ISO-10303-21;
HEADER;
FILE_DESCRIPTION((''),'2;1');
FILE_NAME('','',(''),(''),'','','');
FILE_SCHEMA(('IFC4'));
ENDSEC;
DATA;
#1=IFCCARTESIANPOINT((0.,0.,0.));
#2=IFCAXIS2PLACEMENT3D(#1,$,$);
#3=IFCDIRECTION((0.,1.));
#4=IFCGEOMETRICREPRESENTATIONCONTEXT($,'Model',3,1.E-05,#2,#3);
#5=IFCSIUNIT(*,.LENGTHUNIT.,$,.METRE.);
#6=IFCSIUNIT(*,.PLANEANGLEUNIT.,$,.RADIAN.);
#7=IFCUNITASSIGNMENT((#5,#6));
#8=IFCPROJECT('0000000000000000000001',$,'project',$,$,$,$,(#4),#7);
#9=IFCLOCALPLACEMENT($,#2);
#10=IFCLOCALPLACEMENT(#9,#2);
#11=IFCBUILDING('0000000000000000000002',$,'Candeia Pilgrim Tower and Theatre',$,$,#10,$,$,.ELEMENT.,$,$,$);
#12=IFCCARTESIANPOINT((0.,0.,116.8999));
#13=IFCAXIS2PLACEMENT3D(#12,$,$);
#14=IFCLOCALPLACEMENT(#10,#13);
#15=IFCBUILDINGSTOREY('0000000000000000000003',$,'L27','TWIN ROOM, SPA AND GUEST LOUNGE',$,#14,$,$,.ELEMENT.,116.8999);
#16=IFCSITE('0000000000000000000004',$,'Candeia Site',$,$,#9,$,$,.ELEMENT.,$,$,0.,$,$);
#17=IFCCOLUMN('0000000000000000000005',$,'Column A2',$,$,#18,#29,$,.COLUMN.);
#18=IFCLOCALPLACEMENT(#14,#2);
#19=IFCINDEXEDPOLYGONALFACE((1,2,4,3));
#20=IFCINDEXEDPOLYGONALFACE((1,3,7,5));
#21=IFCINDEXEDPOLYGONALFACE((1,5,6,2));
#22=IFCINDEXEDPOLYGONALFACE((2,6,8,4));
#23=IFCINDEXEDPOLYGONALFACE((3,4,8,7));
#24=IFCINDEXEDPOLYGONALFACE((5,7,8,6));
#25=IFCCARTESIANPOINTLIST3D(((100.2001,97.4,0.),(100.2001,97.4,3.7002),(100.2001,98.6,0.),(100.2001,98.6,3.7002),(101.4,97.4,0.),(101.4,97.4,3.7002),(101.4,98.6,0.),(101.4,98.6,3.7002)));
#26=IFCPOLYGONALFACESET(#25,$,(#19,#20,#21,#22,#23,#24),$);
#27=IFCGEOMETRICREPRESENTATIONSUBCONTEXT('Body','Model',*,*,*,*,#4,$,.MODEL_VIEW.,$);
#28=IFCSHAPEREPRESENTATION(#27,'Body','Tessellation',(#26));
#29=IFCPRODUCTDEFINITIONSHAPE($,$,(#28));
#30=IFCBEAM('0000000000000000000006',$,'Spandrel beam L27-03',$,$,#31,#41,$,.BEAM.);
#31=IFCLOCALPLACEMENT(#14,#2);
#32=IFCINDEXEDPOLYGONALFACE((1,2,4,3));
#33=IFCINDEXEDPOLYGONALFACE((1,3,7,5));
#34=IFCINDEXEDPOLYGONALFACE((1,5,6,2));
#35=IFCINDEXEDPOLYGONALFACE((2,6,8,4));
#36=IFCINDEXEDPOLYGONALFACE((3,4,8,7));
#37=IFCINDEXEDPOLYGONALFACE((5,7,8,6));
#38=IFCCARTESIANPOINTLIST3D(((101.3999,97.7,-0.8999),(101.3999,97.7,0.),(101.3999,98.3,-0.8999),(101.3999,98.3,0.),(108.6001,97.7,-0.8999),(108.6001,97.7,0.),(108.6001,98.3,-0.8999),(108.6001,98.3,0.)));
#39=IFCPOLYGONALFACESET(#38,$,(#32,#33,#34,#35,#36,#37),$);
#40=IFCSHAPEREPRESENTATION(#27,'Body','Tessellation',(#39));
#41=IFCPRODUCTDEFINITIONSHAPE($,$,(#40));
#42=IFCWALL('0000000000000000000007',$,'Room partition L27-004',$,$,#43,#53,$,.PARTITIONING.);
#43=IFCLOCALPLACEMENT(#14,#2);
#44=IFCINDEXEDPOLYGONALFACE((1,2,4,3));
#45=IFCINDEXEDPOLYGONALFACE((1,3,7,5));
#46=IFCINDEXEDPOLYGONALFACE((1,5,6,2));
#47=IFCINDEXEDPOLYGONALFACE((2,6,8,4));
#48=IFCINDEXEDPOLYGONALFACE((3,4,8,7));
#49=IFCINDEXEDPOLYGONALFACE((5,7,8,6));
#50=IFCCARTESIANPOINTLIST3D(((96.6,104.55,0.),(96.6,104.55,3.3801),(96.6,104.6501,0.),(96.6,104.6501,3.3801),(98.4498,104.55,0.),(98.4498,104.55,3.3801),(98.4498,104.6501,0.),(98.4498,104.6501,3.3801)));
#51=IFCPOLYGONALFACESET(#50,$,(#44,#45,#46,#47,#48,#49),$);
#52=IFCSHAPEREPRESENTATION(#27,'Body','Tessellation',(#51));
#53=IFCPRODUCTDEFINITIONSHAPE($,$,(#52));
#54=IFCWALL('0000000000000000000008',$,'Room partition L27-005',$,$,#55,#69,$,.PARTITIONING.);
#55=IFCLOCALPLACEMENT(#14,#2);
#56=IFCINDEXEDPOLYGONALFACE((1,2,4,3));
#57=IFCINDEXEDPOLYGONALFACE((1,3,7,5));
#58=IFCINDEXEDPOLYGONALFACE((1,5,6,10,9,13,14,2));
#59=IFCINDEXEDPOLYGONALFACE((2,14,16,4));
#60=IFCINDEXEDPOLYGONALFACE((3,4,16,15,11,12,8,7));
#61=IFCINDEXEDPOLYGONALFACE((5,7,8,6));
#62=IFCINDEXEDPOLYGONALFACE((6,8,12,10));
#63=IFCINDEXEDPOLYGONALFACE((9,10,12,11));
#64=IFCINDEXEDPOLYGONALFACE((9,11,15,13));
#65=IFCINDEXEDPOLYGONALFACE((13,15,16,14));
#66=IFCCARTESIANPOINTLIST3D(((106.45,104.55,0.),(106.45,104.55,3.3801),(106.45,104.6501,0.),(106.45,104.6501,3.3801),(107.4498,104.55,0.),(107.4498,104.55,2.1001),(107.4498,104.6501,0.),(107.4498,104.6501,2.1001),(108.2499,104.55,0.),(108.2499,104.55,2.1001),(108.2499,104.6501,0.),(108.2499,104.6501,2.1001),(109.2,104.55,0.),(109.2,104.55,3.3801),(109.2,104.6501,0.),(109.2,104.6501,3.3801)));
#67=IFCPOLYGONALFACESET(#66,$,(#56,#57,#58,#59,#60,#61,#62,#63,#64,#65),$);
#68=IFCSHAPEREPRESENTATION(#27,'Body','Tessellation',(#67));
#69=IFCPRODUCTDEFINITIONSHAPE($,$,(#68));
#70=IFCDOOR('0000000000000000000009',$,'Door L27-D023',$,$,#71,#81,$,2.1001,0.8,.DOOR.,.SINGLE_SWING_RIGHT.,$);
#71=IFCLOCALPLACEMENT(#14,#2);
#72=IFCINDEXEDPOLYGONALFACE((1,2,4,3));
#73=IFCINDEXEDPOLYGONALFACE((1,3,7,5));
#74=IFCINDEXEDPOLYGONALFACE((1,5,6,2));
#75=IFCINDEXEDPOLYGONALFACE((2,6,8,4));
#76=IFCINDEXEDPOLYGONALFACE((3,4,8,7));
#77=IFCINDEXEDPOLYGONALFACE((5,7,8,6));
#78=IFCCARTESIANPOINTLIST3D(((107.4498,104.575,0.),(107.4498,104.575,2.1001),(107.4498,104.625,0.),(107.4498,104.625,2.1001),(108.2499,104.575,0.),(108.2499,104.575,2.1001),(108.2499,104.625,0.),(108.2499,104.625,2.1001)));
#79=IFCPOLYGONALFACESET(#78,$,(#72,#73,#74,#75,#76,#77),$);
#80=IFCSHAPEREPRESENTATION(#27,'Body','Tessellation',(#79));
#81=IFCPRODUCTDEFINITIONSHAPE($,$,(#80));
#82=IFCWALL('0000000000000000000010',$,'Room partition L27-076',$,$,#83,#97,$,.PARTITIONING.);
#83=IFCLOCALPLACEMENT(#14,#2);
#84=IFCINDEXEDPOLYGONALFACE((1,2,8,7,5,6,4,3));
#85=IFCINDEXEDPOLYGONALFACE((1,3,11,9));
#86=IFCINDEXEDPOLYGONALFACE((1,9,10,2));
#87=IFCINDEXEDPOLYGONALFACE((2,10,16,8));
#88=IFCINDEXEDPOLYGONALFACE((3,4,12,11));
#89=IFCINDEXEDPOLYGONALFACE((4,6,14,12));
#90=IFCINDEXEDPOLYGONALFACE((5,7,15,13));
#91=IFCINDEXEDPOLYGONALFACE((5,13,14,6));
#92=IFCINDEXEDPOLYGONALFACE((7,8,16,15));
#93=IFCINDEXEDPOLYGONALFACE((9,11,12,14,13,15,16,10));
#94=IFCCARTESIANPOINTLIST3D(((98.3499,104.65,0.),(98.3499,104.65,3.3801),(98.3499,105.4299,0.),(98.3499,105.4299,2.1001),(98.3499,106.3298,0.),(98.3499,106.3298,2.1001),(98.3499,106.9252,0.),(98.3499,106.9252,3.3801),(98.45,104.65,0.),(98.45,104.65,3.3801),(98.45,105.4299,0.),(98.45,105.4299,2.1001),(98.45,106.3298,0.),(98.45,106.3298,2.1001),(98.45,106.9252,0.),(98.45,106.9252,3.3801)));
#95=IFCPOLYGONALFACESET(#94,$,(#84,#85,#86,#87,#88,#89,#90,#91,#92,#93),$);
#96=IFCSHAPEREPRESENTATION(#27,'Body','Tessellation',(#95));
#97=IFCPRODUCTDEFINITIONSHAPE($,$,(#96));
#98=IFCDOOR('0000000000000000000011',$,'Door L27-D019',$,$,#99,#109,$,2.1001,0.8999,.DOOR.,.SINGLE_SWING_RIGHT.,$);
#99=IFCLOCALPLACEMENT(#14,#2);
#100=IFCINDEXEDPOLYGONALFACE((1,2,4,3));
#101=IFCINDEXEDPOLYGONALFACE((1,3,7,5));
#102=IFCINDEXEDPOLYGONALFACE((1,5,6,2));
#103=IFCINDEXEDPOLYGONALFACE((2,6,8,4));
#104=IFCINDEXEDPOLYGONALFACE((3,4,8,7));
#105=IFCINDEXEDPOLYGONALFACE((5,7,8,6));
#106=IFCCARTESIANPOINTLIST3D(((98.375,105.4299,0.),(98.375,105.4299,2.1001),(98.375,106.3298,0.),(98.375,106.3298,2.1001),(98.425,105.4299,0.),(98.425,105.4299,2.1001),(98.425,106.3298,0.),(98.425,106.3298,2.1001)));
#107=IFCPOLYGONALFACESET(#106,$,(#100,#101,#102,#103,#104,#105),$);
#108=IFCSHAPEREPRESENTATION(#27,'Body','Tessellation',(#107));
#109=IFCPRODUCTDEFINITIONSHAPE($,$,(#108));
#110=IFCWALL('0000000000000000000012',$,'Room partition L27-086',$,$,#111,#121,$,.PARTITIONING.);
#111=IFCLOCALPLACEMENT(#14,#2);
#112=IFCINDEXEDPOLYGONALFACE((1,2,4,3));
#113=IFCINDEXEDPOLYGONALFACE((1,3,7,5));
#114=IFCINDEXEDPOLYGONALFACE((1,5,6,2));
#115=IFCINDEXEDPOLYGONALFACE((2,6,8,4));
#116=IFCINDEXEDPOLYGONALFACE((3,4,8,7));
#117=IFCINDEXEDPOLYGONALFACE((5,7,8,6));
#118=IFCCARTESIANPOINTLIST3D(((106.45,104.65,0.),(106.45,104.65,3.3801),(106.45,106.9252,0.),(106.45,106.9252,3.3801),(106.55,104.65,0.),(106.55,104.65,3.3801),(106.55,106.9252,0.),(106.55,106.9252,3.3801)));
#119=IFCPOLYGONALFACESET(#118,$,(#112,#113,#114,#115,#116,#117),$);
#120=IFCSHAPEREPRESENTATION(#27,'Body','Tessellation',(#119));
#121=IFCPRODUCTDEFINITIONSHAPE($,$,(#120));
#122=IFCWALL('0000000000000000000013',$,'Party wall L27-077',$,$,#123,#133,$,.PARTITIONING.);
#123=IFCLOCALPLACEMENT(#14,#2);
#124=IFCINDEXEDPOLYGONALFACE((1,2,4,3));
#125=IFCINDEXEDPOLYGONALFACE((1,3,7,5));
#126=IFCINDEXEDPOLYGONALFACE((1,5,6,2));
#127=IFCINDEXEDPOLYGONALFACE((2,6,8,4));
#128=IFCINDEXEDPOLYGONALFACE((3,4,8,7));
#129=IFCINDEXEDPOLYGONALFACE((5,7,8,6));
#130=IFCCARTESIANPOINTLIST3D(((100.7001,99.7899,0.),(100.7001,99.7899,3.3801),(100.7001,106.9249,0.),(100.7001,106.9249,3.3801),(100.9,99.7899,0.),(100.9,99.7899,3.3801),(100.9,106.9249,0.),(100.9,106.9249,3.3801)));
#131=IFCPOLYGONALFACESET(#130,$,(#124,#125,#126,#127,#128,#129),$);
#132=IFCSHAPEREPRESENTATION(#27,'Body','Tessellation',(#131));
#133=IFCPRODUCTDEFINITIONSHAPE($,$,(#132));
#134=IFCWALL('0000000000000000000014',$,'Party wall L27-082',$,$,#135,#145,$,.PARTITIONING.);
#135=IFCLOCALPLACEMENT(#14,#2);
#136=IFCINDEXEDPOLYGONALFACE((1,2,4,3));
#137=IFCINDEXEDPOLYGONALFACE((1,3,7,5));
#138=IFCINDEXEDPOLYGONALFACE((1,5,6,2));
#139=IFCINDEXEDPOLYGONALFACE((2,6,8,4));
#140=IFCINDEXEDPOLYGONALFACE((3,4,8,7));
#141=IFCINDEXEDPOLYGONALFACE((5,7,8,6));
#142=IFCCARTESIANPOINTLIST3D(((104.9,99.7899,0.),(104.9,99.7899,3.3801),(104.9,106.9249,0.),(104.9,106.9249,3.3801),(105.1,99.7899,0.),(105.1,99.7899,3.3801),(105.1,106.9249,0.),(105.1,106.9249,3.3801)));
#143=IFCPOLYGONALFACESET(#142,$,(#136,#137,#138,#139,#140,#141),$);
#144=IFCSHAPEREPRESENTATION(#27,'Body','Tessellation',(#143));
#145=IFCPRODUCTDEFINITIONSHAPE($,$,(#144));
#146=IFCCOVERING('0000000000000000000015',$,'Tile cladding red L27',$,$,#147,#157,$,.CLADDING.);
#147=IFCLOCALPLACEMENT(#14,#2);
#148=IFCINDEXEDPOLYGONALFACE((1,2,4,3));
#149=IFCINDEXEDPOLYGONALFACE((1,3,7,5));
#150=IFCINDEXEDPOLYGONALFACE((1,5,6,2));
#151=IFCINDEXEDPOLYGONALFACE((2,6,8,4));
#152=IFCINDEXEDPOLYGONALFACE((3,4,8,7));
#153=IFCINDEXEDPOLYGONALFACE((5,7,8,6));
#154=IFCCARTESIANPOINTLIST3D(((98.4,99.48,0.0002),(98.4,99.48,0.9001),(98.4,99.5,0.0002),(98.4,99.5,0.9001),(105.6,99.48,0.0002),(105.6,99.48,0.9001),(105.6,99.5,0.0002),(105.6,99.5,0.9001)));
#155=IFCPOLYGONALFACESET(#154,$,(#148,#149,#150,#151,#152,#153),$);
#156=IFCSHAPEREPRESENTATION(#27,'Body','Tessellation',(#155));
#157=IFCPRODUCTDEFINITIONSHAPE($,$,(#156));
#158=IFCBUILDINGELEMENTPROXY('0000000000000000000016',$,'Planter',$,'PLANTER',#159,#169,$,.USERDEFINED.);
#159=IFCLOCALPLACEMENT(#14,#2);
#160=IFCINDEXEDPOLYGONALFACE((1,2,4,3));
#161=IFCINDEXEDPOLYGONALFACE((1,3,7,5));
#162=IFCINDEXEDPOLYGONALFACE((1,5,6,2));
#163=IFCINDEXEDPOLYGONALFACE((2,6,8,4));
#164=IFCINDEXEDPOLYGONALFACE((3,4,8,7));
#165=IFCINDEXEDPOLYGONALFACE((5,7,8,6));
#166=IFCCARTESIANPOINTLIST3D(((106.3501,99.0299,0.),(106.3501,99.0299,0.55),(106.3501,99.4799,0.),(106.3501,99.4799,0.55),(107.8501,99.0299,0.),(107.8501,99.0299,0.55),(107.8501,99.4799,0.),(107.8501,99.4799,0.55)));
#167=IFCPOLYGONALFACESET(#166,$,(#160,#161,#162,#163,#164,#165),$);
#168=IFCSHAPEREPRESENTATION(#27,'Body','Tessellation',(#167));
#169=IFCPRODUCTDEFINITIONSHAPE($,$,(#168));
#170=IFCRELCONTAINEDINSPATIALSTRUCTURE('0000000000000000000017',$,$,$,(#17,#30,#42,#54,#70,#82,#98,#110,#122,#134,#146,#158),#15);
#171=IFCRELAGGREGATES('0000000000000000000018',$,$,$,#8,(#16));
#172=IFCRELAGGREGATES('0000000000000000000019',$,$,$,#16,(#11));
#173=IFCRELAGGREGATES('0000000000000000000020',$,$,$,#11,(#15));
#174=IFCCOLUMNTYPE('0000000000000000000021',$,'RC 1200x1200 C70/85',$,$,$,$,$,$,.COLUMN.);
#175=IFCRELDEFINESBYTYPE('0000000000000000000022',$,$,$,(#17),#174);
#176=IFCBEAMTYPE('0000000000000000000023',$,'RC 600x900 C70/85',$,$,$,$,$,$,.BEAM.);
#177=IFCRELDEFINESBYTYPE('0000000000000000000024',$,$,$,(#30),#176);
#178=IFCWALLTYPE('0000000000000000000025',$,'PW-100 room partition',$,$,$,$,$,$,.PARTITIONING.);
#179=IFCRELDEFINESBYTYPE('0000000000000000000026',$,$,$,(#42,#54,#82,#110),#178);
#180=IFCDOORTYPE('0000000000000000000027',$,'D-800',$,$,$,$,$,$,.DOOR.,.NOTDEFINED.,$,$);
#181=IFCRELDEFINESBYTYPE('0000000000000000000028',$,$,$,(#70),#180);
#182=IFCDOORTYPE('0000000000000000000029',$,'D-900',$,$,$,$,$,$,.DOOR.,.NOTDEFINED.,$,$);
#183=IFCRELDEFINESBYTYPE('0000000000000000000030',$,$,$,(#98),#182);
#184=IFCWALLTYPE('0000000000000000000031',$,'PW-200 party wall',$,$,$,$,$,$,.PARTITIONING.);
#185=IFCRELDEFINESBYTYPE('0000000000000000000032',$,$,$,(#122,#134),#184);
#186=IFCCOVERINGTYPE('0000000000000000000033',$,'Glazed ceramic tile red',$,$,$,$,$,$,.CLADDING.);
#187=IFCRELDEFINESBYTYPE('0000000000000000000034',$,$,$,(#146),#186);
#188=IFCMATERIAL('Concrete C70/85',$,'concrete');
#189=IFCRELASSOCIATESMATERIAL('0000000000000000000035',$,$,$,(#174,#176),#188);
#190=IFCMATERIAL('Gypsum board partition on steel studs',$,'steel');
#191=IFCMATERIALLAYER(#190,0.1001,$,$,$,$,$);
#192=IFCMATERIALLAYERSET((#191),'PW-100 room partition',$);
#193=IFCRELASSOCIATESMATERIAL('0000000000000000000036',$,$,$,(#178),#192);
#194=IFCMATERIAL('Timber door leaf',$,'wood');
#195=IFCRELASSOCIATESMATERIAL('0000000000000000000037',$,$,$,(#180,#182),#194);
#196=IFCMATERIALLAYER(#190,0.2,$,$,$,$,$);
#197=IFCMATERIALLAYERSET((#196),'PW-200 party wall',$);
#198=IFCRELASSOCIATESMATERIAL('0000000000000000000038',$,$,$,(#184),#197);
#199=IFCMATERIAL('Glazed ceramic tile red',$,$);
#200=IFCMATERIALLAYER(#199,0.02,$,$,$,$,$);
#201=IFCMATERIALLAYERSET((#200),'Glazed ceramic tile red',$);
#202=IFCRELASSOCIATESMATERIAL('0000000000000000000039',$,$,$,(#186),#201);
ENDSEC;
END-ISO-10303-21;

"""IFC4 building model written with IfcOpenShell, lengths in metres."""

from ifc_helpers import new_model, si_unit, direction, frame, frame_2d, origin, origin_2d, place, context, subcontext, project, spatial, rectangle, extrude, material, layer, layer_set, material_profile, profile_set, type_object, element, fill, save


model = new_model("IFC4")

# Units and contexts
model_context = context("Model", 3, precision=1e-05, world=origin(), true_north=direction((0.0, 1.0)))
body_context = subcontext(model_context, "Body", "Model", "MODEL_VIEW")
ifc_project = project(units=[si_unit("LENGTHUNIT", "METRE"), si_unit("PLANEANGLEUNIT", "RADIAN")], contexts=[model_context])

# Site, building, storey
site_placement = place(None, origin())
site = spatial("IfcSite", under=ifc_project, at=site_placement, Name="Candeia Site", CompositionType="ELEMENT", RefElevation=0.0)
building_placement = place(site_placement, origin())
building = spatial("IfcBuilding", under=site, at=building_placement, Name="Candeia Pilgrim Tower and Theatre", CompositionType="ELEMENT")
storey_placement = place(building_placement, frame((0.0, 0.0, 116.8999)))
storey = spatial("IfcBuildingStorey", under=building, at=storey_placement, Name="L27", Description="TWIN ROOM, SPA AND GUEST LOUNGE", CompositionType="ELEMENT", Elevation=116.8999)

# Column
ifc_material_1 = material(Name="Concrete C70/85", Category="concrete")
ifc_material_profile_1 = material_profile(ifc_material_1, rectangle(XDim=1.2, YDim=1.2, at=origin_2d()))
ifc_profile_set_1 = profile_set([ifc_material_profile_1], Name="Concrete C70/85")
column_type = type_object("IfcColumnType", Name="RC 1200x1200 C70/85", PredefinedType="COLUMN", material=ifc_profile_set_1)
column_placement = place(storey_placement, frame((100.8, 98.0, 0.0), z_axis=(0.0, 0.0, 1.0), x_axis=(1.0, 0.0, 0.0)))
element("IfcColumn", 1, at=column_placement, inside=storey, type_object=column_type, Name="Column A2", PredefinedType="COLUMN", context=body_context, shape_type="SweptSolid", body=[
    extrude(rectangle(XDim=1.2, YDim=1.2, at=origin_2d()), origin(), (0.0, 0.0, 1.0), 3.7002),
])

# Beam
ifc_material_profile_2 = material_profile(ifc_material_1, rectangle(XDim=0.6001, YDim=0.8999, at=origin_2d()))
ifc_profile_set_2 = profile_set([ifc_material_profile_2], Name="Concrete C70/85")
beam_type = type_object("IfcBeamType", Name="RC 600x900 C70/85", PredefinedType="BEAM", material=ifc_profile_set_2)
beam_placement = place(storey_placement, frame((101.3999, 98.0, -0.45), z_axis=(1.0, 0.0, 0.0), x_axis=(0.0, 1.0, 0.0)))
element("IfcBeam", 2, at=beam_placement, inside=storey, type_object=beam_type, Name="Spandrel beam L27-03", PredefinedType="BEAM", context=body_context, shape_type="SweptSolid", body=[
    extrude(rectangle(XDim=0.6001, YDim=0.8999, at=origin_2d()), origin(), (0.0, 0.0, 1.0), 7.2002),
])

# Wall
ifc_material_2 = material(Name="Gypsum board partition on steel studs", Category="steel")
ifc_layer_1 = layer(ifc_material_2, 0.1001)
ifc_layer_set_1 = layer_set([ifc_layer_1], Name="PW-100 room partition")
wall_type_1 = type_object("IfcWallType", Name="PW-100 room partition", PredefinedType="PARTITIONING", material=ifc_layer_set_1)
wall_1_placement = place(storey_placement, frame((96.6001, 104.6001, 0.0), z_axis=(0.0, 0.0, 1.0), x_axis=(1.0, 0.0, 0.0)))
element("IfcWall", 3, at=wall_1_placement, inside=storey, type_object=wall_type_1, Name="Room partition L27-004", PredefinedType="PARTITIONING", context=body_context, shape_type="SweptSolid", body=[
    extrude(rectangle(XDim=1.8499, YDim=0.1001, at=frame_2d((0.9248, 0.0))), origin(), (0.0, 0.0, 1.0), 3.3801),
])

# Walls, openings, doors
wall_2_placement = place(storey_placement, frame((106.45, 104.6001, 0.0), z_axis=(0.0, 0.0, 1.0), x_axis=(1.0, 0.0, 0.0)))
wall_2 = element("IfcWall", 4, at=wall_2_placement, inside=storey, type_object=wall_type_1, Name="Room partition L27-005", PredefinedType="PARTITIONING", context=body_context, shape_type="SweptSolid", body=[
    extrude(rectangle(XDim=2.75, YDim=0.1001, at=frame_2d((1.375, 0.0))), origin(), (0.0, 0.0, 1.0), 3.3801),
])
opening_1_placement = place(wall_2_placement, frame((1.0, 0.0, 0.0)))
opening_1 = element("IfcOpeningElement", 5, at=opening_1_placement, cuts=wall_2, PredefinedType="OPENING", context=body_context, shape_type="SweptSolid", body=[
    extrude(rectangle(XDim=0.8, YDim=2.1001, at=frame_2d((0.3999, 1.05))), frame((0.0, 0.0601, 0.0), z_axis=(0.0, -1.0, 0.0), x_axis=(1.0, 0.0, 0.0)), (0.0, 0.0, 1.0), 0.1201),
])
ifc_material_3 = material(Name="Timber door leaf", Category="wood")
door_type_1 = type_object("IfcDoorType", Name="D-800", OperationType="NOTDEFINED", PredefinedType="DOOR", material=ifc_material_3)
door_1_placement = place(opening_1_placement, origin())
door_1 = element("IfcDoor", 6, at=door_1_placement, inside=storey, type_object=door_type_1, Name="Door L27-D023", OperationType="SINGLE_SWING_RIGHT", OverallHeight=2.1001, OverallWidth=0.8, PredefinedType="DOOR", context=body_context, shape_type="SweptSolid", body=[
    extrude(rectangle(XDim=0.8, YDim=2.1001, at=frame_2d((0.3999, 1.05))), frame((0.0, 0.0249, 0.0), z_axis=(0.0, -1.0, 0.0), x_axis=(1.0, 0.0, 0.0)), (0.0, 0.0, 1.0), 0.05),
])
fill(opening_1, door_1)
wall_3_placement = place(storey_placement, frame((98.3999, 104.6499, 0.0), z_axis=(0.0, 0.0, 1.0), x_axis=(0.0, 1.0, 0.0)))
wall_3 = element("IfcWall", 7, at=wall_3_placement, inside=storey, type_object=wall_type_1, Name="Room partition L27-076", PredefinedType="PARTITIONING", context=body_context, shape_type="SweptSolid", body=[
    extrude(rectangle(XDim=2.2751, YDim=0.1001, at=frame_2d((1.1377, 0.0))), origin(), (0.0, 0.0, 1.0), 3.3801),
])
opening_2_placement = place(wall_3_placement, frame((0.78, 0.0, 0.0)))
opening_2 = element("IfcOpeningElement", 8, at=opening_2_placement, cuts=wall_3, PredefinedType="OPENING", context=body_context, shape_type="SweptSolid", body=[
    extrude(rectangle(XDim=0.8999, YDim=2.1001, at=frame_2d((0.45, 1.05))), frame((0.0, 0.0601, 0.0), z_axis=(0.0, -1.0, 0.0), x_axis=(1.0, 0.0, 0.0)), (0.0, 0.0, 1.0), 0.1201),
])
door_type_2 = type_object("IfcDoorType", Name="D-900", OperationType="NOTDEFINED", PredefinedType="DOOR", material=ifc_material_3)
door_2_placement = place(opening_2_placement, origin())
door_2 = element("IfcDoor", 9, at=door_2_placement, inside=storey, type_object=door_type_2, Name="Door L27-D019", OperationType="SINGLE_SWING_RIGHT", OverallHeight=2.1001, OverallWidth=0.8999, PredefinedType="DOOR", context=body_context, shape_type="SweptSolid", body=[
    extrude(rectangle(XDim=0.8999, YDim=2.1001, at=frame_2d((0.45, 1.05))), frame((0.0, 0.0249, 0.0), z_axis=(0.0, -1.0, 0.0), x_axis=(1.0, 0.0, 0.0)), (0.0, 0.0, 1.0), 0.05),
])
fill(opening_2, door_2)

# Walls
wall_4_placement = place(storey_placement, frame((106.5, 104.6499, 0.0), z_axis=(0.0, 0.0, 1.0), x_axis=(0.0, 1.0, 0.0)))
element("IfcWall", 10, at=wall_4_placement, inside=storey, type_object=wall_type_1, Name="Room partition L27-086", PredefinedType="PARTITIONING", context=body_context, shape_type="SweptSolid", body=[
    extrude(rectangle(XDim=2.2751, YDim=0.1001, at=frame_2d((1.1377, 0.0))), origin(), (0.0, 0.0, 1.0), 3.3801),
])
ifc_layer_2 = layer(ifc_material_2, 0.2)
ifc_layer_set_2 = layer_set([ifc_layer_2], Name="PW-200 party wall")
wall_type_2 = type_object("IfcWallType", Name="PW-200 party wall", PredefinedType="PARTITIONING", material=ifc_layer_set_2)
for number, where, z_axis, x_axis, name in (
    (11, (100.8, 99.79, 0.0), (0.0, 0.0, 1.0), (0.0, 1.0, 0.0), "Party wall L27-077"),
    (12, (105.0, 99.79, 0.0), (0.0, 0.0, 1.0), (0.0, 1.0, 0.0), "Party wall L27-082"),
):
    element("IfcWall", number, at=place(storey_placement, frame(where, z_axis=z_axis, x_axis=x_axis)), inside=storey, type_object=wall_type_2, Name=name, PredefinedType="PARTITIONING", context=body_context, shape_type="SweptSolid", body=[
        extrude(rectangle(XDim=7.135, YDim=0.2, at=frame_2d((3.5674, 0.0))), origin(), (0.0, 0.0, 1.0), 3.3801),
    ])

# Covering
ifc_material_4 = material(Name="Glazed ceramic tile red")
ifc_layer_3 = layer(ifc_material_4, 0.02)
ifc_layer_set_3 = layer_set([ifc_layer_3], Name="Glazed ceramic tile red")
covering_type = type_object("IfcCoveringType", Name="Glazed ceramic tile red", PredefinedType="CLADDING", material=ifc_layer_set_3)
covering_placement = place(storey_placement, frame((102.0, 99.49, 0.0002), z_axis=(0.0, 0.0, 1.0), x_axis=(1.0, 0.0, 0.0)))
element("IfcCovering", 13, at=covering_placement, inside=storey, type_object=covering_type, Name="Tile cladding red L27", PredefinedType="CLADDING", context=body_context, shape_type="SweptSolid", body=[
    extrude(rectangle(XDim=7.2, YDim=0.02, at=origin_2d()), origin(), (0.0, 0.0, 1.0), 0.8999),
])

# Building element proxy
proxy_placement = place(storey_placement, frame((107.1001, 99.2549, 0.0), z_axis=(0.0, 0.0, 1.0), x_axis=(1.0, 0.0, 0.0)))
element("IfcBuildingElementProxy", 14, at=proxy_placement, inside=storey, Name="Planter", ObjectType="PLANTER", PredefinedType="USERDEFINED", context=body_context, shape_type="SweptSolid", body=[
    extrude(rectangle(XDim=1.5, YDim=0.45, at=origin_2d()), origin(), (0.0, 0.0, 1.0), 0.55),
])

save(model, "model.ifc")
